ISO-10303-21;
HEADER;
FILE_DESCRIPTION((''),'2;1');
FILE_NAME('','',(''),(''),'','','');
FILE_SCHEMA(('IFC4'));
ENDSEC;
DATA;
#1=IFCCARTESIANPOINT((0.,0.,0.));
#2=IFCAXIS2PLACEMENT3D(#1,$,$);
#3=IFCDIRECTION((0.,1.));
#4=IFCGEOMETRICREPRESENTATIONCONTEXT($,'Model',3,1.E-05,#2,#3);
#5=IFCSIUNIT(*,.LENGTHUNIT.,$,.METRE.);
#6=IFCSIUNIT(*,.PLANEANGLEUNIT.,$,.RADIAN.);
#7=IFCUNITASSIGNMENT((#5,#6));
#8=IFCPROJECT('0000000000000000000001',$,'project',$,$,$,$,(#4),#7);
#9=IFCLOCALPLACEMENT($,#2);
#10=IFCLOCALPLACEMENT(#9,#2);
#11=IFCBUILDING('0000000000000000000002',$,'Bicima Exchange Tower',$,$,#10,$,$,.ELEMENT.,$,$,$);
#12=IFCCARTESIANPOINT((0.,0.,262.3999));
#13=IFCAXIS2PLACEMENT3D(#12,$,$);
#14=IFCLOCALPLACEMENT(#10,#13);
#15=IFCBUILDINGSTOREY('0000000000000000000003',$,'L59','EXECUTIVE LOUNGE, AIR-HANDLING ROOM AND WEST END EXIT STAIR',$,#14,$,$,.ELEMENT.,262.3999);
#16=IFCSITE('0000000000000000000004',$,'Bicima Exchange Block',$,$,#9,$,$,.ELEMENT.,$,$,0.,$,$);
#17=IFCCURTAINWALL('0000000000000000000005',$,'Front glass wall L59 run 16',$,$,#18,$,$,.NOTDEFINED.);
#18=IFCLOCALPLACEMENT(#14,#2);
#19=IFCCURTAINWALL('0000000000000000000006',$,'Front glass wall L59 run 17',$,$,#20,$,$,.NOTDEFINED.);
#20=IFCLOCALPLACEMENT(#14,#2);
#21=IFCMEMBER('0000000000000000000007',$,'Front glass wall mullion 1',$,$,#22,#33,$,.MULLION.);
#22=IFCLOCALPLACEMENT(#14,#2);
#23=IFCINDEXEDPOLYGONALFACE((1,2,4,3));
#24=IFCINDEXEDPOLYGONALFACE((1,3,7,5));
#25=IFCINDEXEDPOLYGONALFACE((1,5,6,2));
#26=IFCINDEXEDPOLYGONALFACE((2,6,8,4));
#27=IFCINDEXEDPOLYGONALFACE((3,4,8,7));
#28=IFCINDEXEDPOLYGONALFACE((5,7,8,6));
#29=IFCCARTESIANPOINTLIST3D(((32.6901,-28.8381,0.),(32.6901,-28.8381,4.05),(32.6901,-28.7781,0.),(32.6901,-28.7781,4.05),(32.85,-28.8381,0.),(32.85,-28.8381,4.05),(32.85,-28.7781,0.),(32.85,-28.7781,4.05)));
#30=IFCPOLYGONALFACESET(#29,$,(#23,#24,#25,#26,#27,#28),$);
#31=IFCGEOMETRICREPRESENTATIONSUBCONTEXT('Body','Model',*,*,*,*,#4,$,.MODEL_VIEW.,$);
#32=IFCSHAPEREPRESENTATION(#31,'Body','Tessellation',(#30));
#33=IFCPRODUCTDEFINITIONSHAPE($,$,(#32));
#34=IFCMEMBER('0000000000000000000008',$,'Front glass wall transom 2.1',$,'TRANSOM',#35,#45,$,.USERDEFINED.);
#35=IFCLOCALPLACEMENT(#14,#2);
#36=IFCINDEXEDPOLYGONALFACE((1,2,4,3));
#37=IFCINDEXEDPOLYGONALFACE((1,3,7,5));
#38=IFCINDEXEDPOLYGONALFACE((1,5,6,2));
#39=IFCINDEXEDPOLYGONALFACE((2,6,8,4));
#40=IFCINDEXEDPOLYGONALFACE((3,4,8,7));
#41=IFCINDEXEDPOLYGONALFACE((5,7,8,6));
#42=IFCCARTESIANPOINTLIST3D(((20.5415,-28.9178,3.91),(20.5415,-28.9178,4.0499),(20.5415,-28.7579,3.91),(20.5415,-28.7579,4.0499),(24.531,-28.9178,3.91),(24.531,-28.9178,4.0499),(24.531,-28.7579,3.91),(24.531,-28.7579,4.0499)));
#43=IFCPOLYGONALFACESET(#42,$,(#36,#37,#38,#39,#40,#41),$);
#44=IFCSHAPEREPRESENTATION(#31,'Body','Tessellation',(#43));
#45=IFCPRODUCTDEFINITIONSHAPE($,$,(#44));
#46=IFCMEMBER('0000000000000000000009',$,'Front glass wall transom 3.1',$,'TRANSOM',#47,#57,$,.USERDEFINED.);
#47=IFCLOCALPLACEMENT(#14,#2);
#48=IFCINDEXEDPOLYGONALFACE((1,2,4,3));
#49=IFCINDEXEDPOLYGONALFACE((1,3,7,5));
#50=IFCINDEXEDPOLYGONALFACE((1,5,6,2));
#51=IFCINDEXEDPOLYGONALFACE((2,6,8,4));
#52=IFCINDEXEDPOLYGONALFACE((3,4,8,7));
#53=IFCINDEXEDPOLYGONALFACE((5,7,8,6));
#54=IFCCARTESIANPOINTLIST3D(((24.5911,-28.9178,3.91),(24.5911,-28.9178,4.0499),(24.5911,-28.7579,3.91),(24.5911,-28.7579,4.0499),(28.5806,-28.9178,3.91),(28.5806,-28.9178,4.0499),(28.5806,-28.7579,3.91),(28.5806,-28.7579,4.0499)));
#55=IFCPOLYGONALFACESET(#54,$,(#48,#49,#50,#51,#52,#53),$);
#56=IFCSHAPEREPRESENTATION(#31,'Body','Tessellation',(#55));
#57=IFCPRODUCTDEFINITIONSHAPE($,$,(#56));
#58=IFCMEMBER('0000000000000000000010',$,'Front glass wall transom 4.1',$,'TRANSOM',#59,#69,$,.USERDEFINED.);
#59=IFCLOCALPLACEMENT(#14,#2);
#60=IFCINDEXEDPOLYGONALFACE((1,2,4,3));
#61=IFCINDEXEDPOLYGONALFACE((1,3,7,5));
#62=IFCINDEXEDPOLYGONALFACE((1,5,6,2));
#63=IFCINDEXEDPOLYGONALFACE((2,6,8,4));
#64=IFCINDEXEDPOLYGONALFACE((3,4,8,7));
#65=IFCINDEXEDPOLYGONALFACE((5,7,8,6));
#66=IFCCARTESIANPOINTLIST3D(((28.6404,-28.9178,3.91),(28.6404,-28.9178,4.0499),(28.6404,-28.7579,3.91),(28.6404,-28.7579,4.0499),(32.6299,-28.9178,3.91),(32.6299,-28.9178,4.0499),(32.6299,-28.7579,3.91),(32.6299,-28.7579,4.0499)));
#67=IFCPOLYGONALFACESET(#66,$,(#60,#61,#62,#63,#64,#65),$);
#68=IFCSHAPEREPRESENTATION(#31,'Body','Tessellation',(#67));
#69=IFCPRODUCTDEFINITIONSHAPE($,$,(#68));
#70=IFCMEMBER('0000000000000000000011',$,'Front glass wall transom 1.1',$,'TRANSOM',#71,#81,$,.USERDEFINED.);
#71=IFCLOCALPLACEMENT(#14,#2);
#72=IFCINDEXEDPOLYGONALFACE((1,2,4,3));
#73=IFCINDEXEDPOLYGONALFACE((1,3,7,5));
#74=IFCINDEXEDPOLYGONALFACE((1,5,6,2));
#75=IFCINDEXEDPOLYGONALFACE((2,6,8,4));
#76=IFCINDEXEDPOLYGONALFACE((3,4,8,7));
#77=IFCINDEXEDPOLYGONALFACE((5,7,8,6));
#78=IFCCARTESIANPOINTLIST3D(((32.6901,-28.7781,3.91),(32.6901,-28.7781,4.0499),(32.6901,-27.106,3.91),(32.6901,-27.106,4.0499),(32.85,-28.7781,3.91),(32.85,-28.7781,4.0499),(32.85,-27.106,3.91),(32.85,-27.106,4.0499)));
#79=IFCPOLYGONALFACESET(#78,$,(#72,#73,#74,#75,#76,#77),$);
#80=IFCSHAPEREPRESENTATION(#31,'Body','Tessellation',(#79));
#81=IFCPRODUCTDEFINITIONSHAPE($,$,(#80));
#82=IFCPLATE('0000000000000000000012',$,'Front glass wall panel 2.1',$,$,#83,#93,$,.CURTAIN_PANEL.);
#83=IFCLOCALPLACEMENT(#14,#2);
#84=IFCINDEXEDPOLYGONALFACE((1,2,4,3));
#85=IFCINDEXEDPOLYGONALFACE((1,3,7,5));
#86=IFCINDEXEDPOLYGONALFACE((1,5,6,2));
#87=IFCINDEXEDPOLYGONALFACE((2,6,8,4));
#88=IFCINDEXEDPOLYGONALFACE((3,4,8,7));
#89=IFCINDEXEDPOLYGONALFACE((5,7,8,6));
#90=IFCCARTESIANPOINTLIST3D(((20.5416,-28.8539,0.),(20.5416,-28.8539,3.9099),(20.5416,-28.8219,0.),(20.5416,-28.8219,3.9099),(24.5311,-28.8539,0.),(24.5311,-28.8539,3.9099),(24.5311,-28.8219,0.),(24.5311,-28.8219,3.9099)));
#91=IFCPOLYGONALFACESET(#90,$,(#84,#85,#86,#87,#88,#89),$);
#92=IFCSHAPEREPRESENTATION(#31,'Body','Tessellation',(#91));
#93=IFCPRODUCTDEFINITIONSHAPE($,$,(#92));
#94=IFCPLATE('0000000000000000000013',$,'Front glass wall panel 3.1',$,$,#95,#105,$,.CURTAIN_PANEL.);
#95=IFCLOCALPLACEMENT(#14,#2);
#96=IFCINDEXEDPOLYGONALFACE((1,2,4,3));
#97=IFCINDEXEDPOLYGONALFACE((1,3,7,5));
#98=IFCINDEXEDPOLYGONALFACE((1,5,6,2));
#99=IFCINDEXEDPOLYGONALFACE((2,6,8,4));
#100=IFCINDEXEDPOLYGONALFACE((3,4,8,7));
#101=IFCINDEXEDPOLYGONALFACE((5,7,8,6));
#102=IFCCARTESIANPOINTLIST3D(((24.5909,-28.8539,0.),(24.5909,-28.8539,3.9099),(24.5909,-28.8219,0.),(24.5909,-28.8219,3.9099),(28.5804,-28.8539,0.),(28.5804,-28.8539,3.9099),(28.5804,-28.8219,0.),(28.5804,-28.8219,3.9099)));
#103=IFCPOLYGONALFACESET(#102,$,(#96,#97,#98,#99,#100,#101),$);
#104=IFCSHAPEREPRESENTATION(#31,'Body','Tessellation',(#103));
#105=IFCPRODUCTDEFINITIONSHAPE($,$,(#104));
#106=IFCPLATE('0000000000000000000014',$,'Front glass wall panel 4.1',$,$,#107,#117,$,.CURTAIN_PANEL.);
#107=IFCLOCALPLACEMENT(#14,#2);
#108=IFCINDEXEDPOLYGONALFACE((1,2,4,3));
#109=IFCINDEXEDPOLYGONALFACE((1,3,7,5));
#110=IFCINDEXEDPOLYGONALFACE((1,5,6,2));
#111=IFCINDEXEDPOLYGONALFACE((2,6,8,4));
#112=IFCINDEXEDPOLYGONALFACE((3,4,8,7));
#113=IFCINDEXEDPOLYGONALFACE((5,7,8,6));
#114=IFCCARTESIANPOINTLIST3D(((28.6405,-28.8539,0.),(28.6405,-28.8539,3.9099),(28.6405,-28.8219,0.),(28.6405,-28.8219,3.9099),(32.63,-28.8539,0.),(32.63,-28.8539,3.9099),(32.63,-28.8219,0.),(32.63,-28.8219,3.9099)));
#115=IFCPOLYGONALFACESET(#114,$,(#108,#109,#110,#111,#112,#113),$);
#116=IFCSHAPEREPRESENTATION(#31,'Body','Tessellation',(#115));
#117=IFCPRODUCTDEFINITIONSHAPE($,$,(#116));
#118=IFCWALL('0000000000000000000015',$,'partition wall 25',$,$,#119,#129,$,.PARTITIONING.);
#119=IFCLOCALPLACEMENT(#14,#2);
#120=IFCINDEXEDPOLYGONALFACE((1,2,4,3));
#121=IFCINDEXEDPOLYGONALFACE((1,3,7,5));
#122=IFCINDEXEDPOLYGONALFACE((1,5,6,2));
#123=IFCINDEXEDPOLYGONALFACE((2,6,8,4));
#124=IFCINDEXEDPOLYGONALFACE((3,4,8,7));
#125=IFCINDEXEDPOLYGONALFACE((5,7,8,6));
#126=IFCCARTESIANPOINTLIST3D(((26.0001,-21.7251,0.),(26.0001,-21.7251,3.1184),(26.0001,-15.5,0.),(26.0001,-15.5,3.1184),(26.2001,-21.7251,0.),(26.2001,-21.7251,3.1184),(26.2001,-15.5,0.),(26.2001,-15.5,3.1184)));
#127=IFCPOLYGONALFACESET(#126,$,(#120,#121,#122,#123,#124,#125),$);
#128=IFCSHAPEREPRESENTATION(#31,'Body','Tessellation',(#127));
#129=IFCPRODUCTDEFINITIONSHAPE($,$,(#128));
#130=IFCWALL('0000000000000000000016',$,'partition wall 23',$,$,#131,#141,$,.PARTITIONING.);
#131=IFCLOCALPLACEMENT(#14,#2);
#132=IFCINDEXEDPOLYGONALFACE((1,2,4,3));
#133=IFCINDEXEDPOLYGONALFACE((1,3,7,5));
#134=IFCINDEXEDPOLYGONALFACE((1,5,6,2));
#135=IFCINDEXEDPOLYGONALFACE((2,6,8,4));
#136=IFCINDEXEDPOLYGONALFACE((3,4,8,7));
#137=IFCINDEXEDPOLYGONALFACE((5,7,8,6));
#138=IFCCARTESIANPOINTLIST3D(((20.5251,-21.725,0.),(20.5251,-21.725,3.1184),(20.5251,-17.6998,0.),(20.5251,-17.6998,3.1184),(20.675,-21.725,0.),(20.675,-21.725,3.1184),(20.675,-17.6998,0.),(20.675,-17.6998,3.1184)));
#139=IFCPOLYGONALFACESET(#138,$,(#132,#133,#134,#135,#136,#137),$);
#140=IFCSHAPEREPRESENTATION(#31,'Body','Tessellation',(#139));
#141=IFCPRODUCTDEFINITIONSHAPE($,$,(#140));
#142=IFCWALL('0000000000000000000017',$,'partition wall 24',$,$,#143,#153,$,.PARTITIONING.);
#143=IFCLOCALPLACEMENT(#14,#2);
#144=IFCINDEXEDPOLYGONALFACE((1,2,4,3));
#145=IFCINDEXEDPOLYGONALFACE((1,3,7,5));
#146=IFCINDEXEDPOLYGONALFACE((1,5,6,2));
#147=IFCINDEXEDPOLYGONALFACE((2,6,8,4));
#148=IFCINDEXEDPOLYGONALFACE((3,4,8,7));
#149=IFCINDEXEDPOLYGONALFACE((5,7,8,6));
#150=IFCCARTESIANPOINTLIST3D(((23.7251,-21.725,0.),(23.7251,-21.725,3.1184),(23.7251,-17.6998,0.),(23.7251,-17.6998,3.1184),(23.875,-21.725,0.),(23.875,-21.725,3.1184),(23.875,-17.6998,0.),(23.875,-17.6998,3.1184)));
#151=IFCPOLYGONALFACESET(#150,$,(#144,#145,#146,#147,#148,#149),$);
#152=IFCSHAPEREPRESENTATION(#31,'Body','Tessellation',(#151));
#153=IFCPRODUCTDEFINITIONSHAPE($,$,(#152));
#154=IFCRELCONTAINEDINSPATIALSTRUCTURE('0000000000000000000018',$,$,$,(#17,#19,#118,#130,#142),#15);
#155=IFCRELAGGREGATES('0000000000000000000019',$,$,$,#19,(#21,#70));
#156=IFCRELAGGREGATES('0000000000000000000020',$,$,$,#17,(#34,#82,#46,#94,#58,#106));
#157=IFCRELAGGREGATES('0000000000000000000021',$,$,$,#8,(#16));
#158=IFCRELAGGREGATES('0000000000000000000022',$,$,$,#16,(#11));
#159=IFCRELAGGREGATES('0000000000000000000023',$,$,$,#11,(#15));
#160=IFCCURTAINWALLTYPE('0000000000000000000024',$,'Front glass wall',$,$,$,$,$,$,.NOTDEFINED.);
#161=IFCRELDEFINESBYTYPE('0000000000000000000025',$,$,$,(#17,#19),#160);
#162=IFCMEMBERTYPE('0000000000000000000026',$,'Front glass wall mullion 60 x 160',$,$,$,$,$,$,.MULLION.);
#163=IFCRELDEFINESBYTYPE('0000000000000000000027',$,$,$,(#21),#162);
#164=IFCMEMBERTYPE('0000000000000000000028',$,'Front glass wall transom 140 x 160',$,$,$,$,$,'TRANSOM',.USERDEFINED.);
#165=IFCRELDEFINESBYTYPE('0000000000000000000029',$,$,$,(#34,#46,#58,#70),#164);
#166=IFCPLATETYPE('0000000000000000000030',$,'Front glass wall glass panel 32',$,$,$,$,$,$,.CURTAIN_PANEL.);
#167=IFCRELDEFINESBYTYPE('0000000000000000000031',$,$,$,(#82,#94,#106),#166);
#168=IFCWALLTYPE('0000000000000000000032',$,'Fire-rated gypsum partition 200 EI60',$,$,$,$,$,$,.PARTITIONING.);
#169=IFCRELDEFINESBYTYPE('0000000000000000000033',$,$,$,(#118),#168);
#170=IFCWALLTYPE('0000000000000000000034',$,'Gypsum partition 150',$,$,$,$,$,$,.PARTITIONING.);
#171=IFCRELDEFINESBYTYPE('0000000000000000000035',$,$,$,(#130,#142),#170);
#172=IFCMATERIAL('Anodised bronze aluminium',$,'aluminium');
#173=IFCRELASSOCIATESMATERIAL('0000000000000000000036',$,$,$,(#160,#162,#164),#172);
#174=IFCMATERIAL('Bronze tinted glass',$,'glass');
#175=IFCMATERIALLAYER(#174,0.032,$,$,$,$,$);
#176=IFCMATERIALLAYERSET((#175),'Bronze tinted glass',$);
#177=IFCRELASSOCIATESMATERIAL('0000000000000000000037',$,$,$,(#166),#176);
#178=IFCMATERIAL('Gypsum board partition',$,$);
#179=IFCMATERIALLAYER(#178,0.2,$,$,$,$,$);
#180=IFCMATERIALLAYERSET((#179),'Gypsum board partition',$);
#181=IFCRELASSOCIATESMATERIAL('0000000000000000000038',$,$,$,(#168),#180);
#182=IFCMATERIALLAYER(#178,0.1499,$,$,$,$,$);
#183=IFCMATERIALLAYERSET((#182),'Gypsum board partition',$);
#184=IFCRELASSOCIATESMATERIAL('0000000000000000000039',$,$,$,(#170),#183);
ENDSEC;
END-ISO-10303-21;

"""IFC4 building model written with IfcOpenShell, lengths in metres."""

from ifc_helpers import new_model, si_unit, direction, frame, frame_2d, origin, origin_2d, place, context, subcontext, project, spatial, rectangle, extrude, material, layer, layer_set, material_profile, profile_set, type_object, element, aggregate, save


model = new_model("IFC4")

# Units and contexts
model_context = context("Model", 3, precision=1e-05, world=origin(), true_north=direction((0.0, 1.0)))
body_context = subcontext(model_context, "Body", "Model", "MODEL_VIEW")
ifc_project = project(units=[si_unit("LENGTHUNIT", "METRE"), si_unit("PLANEANGLEUNIT", "RADIAN")], contexts=[model_context])

# Site, building, storey
site_placement = place(None, origin())
site = spatial("IfcSite", under=ifc_project, at=site_placement, Name="Bicima Exchange Block", CompositionType="ELEMENT", RefElevation=0.0)
building_placement = place(site_placement, origin())
building = spatial("IfcBuilding", under=site, at=building_placement, Name="Bicima Exchange Tower", CompositionType="ELEMENT")
storey_placement = place(building_placement, frame((0.0, 0.0, 262.3999)))
storey = spatial("IfcBuildingStorey", under=building, at=storey_placement, Name="L59", Description="EXECUTIVE LOUNGE, AIR-HANDLING ROOM AND WEST END EXIT STAIR", CompositionType="ELEMENT", Elevation=262.3999)

# Curtain wall
ifc_material_1 = material(Name="Anodised bronze aluminium", Category="aluminium")
curtain_wall_type = type_object("IfcCurtainWallType", Name="Front glass wall", PredefinedType="NOTDEFINED", material=ifc_material_1)
curtain_wall_1_placement = place(storey_placement, origin())
curtain_wall_1 = element("IfcCurtainWall", 1, at=curtain_wall_1_placement, inside=storey, type_object=curtain_wall_type, Name="Front glass wall L59 run 16", PredefinedType="NOTDEFINED")
ifc_material_profile_1 = material_profile(ifc_material_1, rectangle(XDim=0.1599, YDim=0.0601, at=origin_2d()))
ifc_profile_set_1 = profile_set([ifc_material_profile_1], Name="Anodised bronze aluminium")
member_type_1 = type_object("IfcMemberType", Name="Front glass wall mullion 60 x 160", PredefinedType="MULLION", material=ifc_profile_set_1)

# Curtain wall, member
curtain_wall_2_placement = place(storey_placement, origin())
curtain_wall_2 = element("IfcCurtainWall", 2, at=curtain_wall_2_placement, inside=storey, type_object=curtain_wall_type, Name="Front glass wall L59 run 17", PredefinedType="NOTDEFINED")
member_1_placement = place(storey_placement, frame((32.77, -28.8081, 0.0), z_axis=(0.0, 0.0, 1.0), x_axis=(-1.0, 0.0, 0.0)))
member_1 = element("IfcMember", 3, at=member_1_placement, type_object=member_type_1, Name="Front glass wall mullion 1", PredefinedType="MULLION", context=body_context, shape_type="SweptSolid", body=[
    extrude(rectangle(XDim=0.1599, YDim=0.0601, at=origin_2d()), origin(), (0.0, 0.0, 1.0), 4.05),
])

# Members
ifc_material_profile_2 = material_profile(ifc_material_1, rectangle(XDim=0.1599, YDim=0.1399, at=origin_2d()))
ifc_profile_set_2 = profile_set([ifc_material_profile_2], Name="Anodised bronze aluminium")
member_type_2 = type_object("IfcMemberType", Name="Front glass wall transom 140 x 160", ElementType="TRANSOM", PredefinedType="USERDEFINED", material=ifc_profile_set_2)
member_2_placement = place(storey_placement, frame((20.5415, -28.8379, 3.98), z_axis=(1.0, 0.0, 0.0), x_axis=(0.0, 1.0, 0.0)))
member_2 = element("IfcMember", 4, at=member_2_placement, type_object=member_type_2, Name="Front glass wall transom 2.1", ObjectType="TRANSOM", PredefinedType="USERDEFINED", context=body_context, shape_type="SweptSolid", body=[
    extrude(rectangle(XDim=0.1599, YDim=0.1399, at=origin_2d()), origin(), (0.0, 0.0, 1.0), 3.9895),
])
member_3_placement = place(storey_placement, frame((24.5911, -28.8379, 3.98), z_axis=(1.0, 0.0, 0.0), x_axis=(0.0, 1.0, 0.0)))
member_3 = element("IfcMember", 5, at=member_3_placement, type_object=member_type_2, Name="Front glass wall transom 3.1", ObjectType="TRANSOM", PredefinedType="USERDEFINED", context=body_context, shape_type="SweptSolid", body=[
    extrude(rectangle(XDim=0.1599, YDim=0.1399, at=origin_2d()), origin(), (0.0, 0.0, 1.0), 3.9895),
])
member_4_placement = place(storey_placement, frame((28.6404, -28.8379, 3.98), z_axis=(1.0, 0.0, 0.0), x_axis=(0.0, 1.0, 0.0)))
member_4 = element("IfcMember", 6, at=member_4_placement, type_object=member_type_2, Name="Front glass wall transom 4.1", ObjectType="TRANSOM", PredefinedType="USERDEFINED", context=body_context, shape_type="SweptSolid", body=[
    extrude(rectangle(XDim=0.1599, YDim=0.1399, at=origin_2d()), origin(), (0.0, 0.0, 1.0), 3.9895),
])
member_5_placement = place(storey_placement, frame((32.77, -28.7781, 3.98), z_axis=(0.0, 1.0, 0.0), x_axis=(-1.0, 0.0, 0.0)))
member_5 = element("IfcMember", 7, at=member_5_placement, type_object=member_type_2, Name="Front glass wall transom 1.1", ObjectType="TRANSOM", PredefinedType="USERDEFINED", context=body_context, shape_type="SweptSolid", body=[
    extrude(rectangle(XDim=0.1599, YDim=0.1399, at=origin_2d()), origin(), (0.0, 0.0, 1.0), 1.6721),
])
aggregate(curtain_wall_2, [member_1, member_5])

# Plates
ifc_material_2 = material(Name="Bronze tinted glass", Category="glass")
ifc_layer_1 = layer(ifc_material_2, 0.032)
ifc_layer_set_1 = layer_set([ifc_layer_1], Name="Bronze tinted glass")
plate_type = type_object("IfcPlateType", Name="Front glass wall glass panel 32", PredefinedType="CURTAIN_PANEL", material=ifc_layer_set_1)
plate_1_placement = place(storey_placement, frame((22.5364, -28.8379, 0.0), z_axis=(0.0, 0.0, 1.0), x_axis=(1.0, 0.0, 0.0)))
plate_1 = element("IfcPlate", 8, at=plate_1_placement, type_object=plate_type, Name="Front glass wall panel 2.1", PredefinedType="CURTAIN_PANEL", context=body_context, shape_type="SweptSolid", body=[
    extrude(rectangle(XDim=3.9895, YDim=0.032, at=origin_2d()), origin(), (0.0, 0.0, 1.0), 3.9099),
])
plate_2_placement = place(storey_placement, frame((26.5857, -28.8379, 0.0), z_axis=(0.0, 0.0, 1.0), x_axis=(1.0, 0.0, 0.0)))
plate_2 = element("IfcPlate", 9, at=plate_2_placement, type_object=plate_type, Name="Front glass wall panel 3.1", PredefinedType="CURTAIN_PANEL", context=body_context, shape_type="SweptSolid", body=[
    extrude(rectangle(XDim=3.9895, YDim=0.032, at=origin_2d()), origin(), (0.0, 0.0, 1.0), 3.9099),
])
plate_3_placement = place(storey_placement, frame((30.6353, -28.8379, 0.0), z_axis=(0.0, 0.0, 1.0), x_axis=(1.0, 0.0, 0.0)))
plate_3 = element("IfcPlate", 10, at=plate_3_placement, type_object=plate_type, Name="Front glass wall panel 4.1", PredefinedType="CURTAIN_PANEL", context=body_context, shape_type="SweptSolid", body=[
    extrude(rectangle(XDim=3.9895, YDim=0.032, at=origin_2d()), origin(), (0.0, 0.0, 1.0), 3.9099),
])
aggregate(curtain_wall_1, [member_2, plate_1, member_3, plate_2, member_4, plate_3])

# Walls
ifc_material_3 = material(Name="Gypsum board partition")
ifc_layer_2 = layer(ifc_material_3, 0.2)
ifc_layer_set_2 = layer_set([ifc_layer_2], Name="Gypsum board partition")
wall_type_1 = type_object("IfcWallType", Name="Fire-rated gypsum partition 200 EI60", PredefinedType="PARTITIONING", material=ifc_layer_set_2)
wall_placement = place(storey_placement, frame((26.1001, -21.7251, 0.0), z_axis=(0.0, 0.0, 1.0), x_axis=(0.0, 1.0, 0.0)))
element("IfcWall", 11, at=wall_placement, inside=storey, type_object=wall_type_1, Name="partition wall 25", PredefinedType="PARTITIONING", context=body_context, shape_type="SweptSolid", body=[
    extrude(rectangle(XDim=6.2251, YDim=0.2, at=frame_2d((3.1125, 0.0))), origin(), (0.0, 0.0, 1.0), 3.1184),
])
ifc_layer_3 = layer(ifc_material_3, 0.1499)
ifc_layer_set_3 = layer_set([ifc_layer_3], Name="Gypsum board partition")
wall_type_2 = type_object("IfcWallType", Name="Gypsum partition 150", PredefinedType="PARTITIONING", material=ifc_layer_set_3)
for number, where, z_axis, x_axis, name in (
    (12, (20.6001, -21.7251, 0.0), (0.0, 0.0, 1.0), (0.0, 1.0, 0.0), "partition wall 23"),
    (13, (23.8, -21.7251, 0.0), (0.0, 0.0, 1.0), (0.0, 1.0, 0.0), "partition wall 24"),
):
    element("IfcWall", number, at=place(storey_placement, frame(where, z_axis=z_axis, x_axis=x_axis)), inside=storey, type_object=wall_type_2, Name=name, PredefinedType="PARTITIONING", context=body_context, shape_type="SweptSolid", body=[
        extrude(rectangle(XDim=4.0251, YDim=0.1499, at=frame_2d((2.0127, 0.0))), origin(), (0.0, 0.0, 1.0), 3.1184),
    ])

save(model, "model.ifc")
